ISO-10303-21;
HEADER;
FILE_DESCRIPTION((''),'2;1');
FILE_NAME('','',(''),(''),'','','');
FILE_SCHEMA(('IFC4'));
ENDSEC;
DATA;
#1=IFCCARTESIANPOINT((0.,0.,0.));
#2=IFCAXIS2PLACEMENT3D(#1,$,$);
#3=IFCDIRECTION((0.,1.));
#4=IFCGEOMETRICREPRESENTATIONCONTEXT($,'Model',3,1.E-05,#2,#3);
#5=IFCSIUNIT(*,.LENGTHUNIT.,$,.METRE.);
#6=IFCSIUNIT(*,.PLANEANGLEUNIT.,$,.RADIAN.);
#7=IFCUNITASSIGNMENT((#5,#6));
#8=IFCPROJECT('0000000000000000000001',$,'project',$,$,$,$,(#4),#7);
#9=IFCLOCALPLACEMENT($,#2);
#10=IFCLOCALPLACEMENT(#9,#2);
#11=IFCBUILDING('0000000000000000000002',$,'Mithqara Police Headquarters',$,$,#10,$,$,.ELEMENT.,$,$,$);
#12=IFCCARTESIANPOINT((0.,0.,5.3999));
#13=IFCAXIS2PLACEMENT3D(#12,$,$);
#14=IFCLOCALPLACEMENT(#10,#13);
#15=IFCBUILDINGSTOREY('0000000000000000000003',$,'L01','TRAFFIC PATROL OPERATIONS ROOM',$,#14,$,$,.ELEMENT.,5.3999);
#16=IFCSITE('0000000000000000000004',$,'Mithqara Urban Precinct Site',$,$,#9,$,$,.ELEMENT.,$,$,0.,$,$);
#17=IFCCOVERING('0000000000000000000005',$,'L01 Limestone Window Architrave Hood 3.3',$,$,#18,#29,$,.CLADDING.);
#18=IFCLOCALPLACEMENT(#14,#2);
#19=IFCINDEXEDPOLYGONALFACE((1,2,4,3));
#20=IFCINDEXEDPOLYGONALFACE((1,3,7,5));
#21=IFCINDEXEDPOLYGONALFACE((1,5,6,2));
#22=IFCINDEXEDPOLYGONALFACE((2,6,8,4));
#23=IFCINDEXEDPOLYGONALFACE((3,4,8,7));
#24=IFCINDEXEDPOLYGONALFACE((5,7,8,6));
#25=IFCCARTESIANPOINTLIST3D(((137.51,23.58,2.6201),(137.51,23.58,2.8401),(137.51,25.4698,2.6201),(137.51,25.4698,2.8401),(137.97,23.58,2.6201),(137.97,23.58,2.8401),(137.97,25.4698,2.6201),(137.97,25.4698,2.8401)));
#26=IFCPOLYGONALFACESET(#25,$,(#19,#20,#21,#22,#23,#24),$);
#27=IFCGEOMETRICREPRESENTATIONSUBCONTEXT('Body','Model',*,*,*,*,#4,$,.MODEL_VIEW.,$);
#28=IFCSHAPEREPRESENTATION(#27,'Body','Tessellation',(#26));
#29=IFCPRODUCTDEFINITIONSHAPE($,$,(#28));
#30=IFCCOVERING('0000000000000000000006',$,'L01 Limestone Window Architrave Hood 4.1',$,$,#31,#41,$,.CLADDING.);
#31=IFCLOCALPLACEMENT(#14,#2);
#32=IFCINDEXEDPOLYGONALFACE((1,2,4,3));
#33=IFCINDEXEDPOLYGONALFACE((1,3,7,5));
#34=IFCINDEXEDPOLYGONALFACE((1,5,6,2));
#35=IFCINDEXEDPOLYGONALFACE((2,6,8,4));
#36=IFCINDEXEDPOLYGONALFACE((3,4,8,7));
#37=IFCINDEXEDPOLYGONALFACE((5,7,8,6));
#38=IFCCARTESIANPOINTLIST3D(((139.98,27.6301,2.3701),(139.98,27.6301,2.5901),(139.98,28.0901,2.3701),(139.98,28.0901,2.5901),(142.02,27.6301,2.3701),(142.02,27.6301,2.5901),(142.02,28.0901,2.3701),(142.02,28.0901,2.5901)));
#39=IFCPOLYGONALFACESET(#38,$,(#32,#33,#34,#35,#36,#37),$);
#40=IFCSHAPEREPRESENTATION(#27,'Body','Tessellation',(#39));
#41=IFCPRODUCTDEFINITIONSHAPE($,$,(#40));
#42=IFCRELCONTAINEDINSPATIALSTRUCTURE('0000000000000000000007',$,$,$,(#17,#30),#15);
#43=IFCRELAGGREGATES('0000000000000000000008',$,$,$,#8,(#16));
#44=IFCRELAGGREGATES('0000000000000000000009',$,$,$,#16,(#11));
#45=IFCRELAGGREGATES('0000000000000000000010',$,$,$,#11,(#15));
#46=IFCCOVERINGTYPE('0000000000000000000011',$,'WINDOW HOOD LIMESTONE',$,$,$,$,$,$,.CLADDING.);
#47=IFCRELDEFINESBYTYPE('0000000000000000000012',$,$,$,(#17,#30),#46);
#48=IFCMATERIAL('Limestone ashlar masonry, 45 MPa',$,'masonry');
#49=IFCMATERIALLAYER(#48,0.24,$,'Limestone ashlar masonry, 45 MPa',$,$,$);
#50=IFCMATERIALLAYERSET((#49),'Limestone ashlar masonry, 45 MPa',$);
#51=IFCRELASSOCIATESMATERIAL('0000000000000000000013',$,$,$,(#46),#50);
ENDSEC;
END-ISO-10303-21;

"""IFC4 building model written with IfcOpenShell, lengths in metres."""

from ifc_helpers import new_model, si_unit, direction, frame, origin, origin_2d, place, context, subcontext, project, spatial, rectangle, extrude, material, layer, layer_set, type_object, element, save


model = new_model("IFC4")

# Units and contexts
model_context = context("Model", 3, precision=1e-05, world=origin(), true_north=direction((0.0, 1.0)))
body_context = subcontext(model_context, "Body", "Model", "MODEL_VIEW")
ifc_project = project(units=[si_unit("LENGTHUNIT", "METRE"), si_unit("PLANEANGLEUNIT", "RADIAN")], contexts=[model_context])

# Site, building, storey
site_placement = place(None, origin())
site = spatial("IfcSite", under=ifc_project, at=site_placement, Name="Mithqara Urban Precinct Site", CompositionType="ELEMENT", RefElevation=0.0)
building_placement = place(site_placement, origin())
building = spatial("IfcBuilding", under=site, at=building_placement, Name="Mithqara Police Headquarters", CompositionType="ELEMENT")
storey_placement = place(building_placement, frame((0.0, 0.0, 5.3999)))
storey = spatial("IfcBuildingStorey", under=building, at=storey_placement, Name="L01", Description="TRAFFIC PATROL OPERATIONS ROOM", CompositionType="ELEMENT", Elevation=5.3999)

# Coverings
ifc_material_1 = material(Name="Limestone ashlar masonry, 45 MPa", Category="masonry")
ifc_layer_1 = layer(ifc_material_1, 0.24, Name="Limestone ashlar masonry, 45 MPa")
ifc_layer_set_1 = layer_set([ifc_layer_1], Name="Limestone ashlar masonry, 45 MPa")
covering_type_1 = type_object("IfcCoveringType", Name="WINDOW HOOD LIMESTONE", PredefinedType="CLADDING", material=ifc_layer_set_1)
covering_1_placement = place(storey_placement, frame((137.74, 24.5249, 2.6201), z_axis=(0.0, 0.0, 1.0), x_axis=(0.0, 1.0, 0.0)))
element("IfcCovering", 1, at=covering_1_placement, inside=storey, type_object=covering_type_1, Name="L01 Limestone Window Architrave Hood 3.3", PredefinedType="CLADDING", context=body_context, shape_type="SweptSolid", body=[
    extrude(rectangle(XDim=1.8899, YDim=0.46, at=origin_2d()), origin(), (0.0, 0.0, 1.0), 0.22),
])
covering_2_placement = place(storey_placement, frame((141.0, 27.8601, 2.3701), z_axis=(0.0, 0.0, 1.0), x_axis=(1.0, 0.0, 0.0)))
element("IfcCovering", 2, at=covering_2_placement, inside=storey, type_object=covering_type_1, Name="L01 Limestone Window Architrave Hood 4.1", PredefinedType="CLADDING", context=body_context, shape_type="SweptSolid", body=[
    extrude(rectangle(XDim=2.04, YDim=0.46, at=origin_2d()), origin(), (0.0, 0.0, 1.0), 0.22),
])

save(model, "model.ifc")
